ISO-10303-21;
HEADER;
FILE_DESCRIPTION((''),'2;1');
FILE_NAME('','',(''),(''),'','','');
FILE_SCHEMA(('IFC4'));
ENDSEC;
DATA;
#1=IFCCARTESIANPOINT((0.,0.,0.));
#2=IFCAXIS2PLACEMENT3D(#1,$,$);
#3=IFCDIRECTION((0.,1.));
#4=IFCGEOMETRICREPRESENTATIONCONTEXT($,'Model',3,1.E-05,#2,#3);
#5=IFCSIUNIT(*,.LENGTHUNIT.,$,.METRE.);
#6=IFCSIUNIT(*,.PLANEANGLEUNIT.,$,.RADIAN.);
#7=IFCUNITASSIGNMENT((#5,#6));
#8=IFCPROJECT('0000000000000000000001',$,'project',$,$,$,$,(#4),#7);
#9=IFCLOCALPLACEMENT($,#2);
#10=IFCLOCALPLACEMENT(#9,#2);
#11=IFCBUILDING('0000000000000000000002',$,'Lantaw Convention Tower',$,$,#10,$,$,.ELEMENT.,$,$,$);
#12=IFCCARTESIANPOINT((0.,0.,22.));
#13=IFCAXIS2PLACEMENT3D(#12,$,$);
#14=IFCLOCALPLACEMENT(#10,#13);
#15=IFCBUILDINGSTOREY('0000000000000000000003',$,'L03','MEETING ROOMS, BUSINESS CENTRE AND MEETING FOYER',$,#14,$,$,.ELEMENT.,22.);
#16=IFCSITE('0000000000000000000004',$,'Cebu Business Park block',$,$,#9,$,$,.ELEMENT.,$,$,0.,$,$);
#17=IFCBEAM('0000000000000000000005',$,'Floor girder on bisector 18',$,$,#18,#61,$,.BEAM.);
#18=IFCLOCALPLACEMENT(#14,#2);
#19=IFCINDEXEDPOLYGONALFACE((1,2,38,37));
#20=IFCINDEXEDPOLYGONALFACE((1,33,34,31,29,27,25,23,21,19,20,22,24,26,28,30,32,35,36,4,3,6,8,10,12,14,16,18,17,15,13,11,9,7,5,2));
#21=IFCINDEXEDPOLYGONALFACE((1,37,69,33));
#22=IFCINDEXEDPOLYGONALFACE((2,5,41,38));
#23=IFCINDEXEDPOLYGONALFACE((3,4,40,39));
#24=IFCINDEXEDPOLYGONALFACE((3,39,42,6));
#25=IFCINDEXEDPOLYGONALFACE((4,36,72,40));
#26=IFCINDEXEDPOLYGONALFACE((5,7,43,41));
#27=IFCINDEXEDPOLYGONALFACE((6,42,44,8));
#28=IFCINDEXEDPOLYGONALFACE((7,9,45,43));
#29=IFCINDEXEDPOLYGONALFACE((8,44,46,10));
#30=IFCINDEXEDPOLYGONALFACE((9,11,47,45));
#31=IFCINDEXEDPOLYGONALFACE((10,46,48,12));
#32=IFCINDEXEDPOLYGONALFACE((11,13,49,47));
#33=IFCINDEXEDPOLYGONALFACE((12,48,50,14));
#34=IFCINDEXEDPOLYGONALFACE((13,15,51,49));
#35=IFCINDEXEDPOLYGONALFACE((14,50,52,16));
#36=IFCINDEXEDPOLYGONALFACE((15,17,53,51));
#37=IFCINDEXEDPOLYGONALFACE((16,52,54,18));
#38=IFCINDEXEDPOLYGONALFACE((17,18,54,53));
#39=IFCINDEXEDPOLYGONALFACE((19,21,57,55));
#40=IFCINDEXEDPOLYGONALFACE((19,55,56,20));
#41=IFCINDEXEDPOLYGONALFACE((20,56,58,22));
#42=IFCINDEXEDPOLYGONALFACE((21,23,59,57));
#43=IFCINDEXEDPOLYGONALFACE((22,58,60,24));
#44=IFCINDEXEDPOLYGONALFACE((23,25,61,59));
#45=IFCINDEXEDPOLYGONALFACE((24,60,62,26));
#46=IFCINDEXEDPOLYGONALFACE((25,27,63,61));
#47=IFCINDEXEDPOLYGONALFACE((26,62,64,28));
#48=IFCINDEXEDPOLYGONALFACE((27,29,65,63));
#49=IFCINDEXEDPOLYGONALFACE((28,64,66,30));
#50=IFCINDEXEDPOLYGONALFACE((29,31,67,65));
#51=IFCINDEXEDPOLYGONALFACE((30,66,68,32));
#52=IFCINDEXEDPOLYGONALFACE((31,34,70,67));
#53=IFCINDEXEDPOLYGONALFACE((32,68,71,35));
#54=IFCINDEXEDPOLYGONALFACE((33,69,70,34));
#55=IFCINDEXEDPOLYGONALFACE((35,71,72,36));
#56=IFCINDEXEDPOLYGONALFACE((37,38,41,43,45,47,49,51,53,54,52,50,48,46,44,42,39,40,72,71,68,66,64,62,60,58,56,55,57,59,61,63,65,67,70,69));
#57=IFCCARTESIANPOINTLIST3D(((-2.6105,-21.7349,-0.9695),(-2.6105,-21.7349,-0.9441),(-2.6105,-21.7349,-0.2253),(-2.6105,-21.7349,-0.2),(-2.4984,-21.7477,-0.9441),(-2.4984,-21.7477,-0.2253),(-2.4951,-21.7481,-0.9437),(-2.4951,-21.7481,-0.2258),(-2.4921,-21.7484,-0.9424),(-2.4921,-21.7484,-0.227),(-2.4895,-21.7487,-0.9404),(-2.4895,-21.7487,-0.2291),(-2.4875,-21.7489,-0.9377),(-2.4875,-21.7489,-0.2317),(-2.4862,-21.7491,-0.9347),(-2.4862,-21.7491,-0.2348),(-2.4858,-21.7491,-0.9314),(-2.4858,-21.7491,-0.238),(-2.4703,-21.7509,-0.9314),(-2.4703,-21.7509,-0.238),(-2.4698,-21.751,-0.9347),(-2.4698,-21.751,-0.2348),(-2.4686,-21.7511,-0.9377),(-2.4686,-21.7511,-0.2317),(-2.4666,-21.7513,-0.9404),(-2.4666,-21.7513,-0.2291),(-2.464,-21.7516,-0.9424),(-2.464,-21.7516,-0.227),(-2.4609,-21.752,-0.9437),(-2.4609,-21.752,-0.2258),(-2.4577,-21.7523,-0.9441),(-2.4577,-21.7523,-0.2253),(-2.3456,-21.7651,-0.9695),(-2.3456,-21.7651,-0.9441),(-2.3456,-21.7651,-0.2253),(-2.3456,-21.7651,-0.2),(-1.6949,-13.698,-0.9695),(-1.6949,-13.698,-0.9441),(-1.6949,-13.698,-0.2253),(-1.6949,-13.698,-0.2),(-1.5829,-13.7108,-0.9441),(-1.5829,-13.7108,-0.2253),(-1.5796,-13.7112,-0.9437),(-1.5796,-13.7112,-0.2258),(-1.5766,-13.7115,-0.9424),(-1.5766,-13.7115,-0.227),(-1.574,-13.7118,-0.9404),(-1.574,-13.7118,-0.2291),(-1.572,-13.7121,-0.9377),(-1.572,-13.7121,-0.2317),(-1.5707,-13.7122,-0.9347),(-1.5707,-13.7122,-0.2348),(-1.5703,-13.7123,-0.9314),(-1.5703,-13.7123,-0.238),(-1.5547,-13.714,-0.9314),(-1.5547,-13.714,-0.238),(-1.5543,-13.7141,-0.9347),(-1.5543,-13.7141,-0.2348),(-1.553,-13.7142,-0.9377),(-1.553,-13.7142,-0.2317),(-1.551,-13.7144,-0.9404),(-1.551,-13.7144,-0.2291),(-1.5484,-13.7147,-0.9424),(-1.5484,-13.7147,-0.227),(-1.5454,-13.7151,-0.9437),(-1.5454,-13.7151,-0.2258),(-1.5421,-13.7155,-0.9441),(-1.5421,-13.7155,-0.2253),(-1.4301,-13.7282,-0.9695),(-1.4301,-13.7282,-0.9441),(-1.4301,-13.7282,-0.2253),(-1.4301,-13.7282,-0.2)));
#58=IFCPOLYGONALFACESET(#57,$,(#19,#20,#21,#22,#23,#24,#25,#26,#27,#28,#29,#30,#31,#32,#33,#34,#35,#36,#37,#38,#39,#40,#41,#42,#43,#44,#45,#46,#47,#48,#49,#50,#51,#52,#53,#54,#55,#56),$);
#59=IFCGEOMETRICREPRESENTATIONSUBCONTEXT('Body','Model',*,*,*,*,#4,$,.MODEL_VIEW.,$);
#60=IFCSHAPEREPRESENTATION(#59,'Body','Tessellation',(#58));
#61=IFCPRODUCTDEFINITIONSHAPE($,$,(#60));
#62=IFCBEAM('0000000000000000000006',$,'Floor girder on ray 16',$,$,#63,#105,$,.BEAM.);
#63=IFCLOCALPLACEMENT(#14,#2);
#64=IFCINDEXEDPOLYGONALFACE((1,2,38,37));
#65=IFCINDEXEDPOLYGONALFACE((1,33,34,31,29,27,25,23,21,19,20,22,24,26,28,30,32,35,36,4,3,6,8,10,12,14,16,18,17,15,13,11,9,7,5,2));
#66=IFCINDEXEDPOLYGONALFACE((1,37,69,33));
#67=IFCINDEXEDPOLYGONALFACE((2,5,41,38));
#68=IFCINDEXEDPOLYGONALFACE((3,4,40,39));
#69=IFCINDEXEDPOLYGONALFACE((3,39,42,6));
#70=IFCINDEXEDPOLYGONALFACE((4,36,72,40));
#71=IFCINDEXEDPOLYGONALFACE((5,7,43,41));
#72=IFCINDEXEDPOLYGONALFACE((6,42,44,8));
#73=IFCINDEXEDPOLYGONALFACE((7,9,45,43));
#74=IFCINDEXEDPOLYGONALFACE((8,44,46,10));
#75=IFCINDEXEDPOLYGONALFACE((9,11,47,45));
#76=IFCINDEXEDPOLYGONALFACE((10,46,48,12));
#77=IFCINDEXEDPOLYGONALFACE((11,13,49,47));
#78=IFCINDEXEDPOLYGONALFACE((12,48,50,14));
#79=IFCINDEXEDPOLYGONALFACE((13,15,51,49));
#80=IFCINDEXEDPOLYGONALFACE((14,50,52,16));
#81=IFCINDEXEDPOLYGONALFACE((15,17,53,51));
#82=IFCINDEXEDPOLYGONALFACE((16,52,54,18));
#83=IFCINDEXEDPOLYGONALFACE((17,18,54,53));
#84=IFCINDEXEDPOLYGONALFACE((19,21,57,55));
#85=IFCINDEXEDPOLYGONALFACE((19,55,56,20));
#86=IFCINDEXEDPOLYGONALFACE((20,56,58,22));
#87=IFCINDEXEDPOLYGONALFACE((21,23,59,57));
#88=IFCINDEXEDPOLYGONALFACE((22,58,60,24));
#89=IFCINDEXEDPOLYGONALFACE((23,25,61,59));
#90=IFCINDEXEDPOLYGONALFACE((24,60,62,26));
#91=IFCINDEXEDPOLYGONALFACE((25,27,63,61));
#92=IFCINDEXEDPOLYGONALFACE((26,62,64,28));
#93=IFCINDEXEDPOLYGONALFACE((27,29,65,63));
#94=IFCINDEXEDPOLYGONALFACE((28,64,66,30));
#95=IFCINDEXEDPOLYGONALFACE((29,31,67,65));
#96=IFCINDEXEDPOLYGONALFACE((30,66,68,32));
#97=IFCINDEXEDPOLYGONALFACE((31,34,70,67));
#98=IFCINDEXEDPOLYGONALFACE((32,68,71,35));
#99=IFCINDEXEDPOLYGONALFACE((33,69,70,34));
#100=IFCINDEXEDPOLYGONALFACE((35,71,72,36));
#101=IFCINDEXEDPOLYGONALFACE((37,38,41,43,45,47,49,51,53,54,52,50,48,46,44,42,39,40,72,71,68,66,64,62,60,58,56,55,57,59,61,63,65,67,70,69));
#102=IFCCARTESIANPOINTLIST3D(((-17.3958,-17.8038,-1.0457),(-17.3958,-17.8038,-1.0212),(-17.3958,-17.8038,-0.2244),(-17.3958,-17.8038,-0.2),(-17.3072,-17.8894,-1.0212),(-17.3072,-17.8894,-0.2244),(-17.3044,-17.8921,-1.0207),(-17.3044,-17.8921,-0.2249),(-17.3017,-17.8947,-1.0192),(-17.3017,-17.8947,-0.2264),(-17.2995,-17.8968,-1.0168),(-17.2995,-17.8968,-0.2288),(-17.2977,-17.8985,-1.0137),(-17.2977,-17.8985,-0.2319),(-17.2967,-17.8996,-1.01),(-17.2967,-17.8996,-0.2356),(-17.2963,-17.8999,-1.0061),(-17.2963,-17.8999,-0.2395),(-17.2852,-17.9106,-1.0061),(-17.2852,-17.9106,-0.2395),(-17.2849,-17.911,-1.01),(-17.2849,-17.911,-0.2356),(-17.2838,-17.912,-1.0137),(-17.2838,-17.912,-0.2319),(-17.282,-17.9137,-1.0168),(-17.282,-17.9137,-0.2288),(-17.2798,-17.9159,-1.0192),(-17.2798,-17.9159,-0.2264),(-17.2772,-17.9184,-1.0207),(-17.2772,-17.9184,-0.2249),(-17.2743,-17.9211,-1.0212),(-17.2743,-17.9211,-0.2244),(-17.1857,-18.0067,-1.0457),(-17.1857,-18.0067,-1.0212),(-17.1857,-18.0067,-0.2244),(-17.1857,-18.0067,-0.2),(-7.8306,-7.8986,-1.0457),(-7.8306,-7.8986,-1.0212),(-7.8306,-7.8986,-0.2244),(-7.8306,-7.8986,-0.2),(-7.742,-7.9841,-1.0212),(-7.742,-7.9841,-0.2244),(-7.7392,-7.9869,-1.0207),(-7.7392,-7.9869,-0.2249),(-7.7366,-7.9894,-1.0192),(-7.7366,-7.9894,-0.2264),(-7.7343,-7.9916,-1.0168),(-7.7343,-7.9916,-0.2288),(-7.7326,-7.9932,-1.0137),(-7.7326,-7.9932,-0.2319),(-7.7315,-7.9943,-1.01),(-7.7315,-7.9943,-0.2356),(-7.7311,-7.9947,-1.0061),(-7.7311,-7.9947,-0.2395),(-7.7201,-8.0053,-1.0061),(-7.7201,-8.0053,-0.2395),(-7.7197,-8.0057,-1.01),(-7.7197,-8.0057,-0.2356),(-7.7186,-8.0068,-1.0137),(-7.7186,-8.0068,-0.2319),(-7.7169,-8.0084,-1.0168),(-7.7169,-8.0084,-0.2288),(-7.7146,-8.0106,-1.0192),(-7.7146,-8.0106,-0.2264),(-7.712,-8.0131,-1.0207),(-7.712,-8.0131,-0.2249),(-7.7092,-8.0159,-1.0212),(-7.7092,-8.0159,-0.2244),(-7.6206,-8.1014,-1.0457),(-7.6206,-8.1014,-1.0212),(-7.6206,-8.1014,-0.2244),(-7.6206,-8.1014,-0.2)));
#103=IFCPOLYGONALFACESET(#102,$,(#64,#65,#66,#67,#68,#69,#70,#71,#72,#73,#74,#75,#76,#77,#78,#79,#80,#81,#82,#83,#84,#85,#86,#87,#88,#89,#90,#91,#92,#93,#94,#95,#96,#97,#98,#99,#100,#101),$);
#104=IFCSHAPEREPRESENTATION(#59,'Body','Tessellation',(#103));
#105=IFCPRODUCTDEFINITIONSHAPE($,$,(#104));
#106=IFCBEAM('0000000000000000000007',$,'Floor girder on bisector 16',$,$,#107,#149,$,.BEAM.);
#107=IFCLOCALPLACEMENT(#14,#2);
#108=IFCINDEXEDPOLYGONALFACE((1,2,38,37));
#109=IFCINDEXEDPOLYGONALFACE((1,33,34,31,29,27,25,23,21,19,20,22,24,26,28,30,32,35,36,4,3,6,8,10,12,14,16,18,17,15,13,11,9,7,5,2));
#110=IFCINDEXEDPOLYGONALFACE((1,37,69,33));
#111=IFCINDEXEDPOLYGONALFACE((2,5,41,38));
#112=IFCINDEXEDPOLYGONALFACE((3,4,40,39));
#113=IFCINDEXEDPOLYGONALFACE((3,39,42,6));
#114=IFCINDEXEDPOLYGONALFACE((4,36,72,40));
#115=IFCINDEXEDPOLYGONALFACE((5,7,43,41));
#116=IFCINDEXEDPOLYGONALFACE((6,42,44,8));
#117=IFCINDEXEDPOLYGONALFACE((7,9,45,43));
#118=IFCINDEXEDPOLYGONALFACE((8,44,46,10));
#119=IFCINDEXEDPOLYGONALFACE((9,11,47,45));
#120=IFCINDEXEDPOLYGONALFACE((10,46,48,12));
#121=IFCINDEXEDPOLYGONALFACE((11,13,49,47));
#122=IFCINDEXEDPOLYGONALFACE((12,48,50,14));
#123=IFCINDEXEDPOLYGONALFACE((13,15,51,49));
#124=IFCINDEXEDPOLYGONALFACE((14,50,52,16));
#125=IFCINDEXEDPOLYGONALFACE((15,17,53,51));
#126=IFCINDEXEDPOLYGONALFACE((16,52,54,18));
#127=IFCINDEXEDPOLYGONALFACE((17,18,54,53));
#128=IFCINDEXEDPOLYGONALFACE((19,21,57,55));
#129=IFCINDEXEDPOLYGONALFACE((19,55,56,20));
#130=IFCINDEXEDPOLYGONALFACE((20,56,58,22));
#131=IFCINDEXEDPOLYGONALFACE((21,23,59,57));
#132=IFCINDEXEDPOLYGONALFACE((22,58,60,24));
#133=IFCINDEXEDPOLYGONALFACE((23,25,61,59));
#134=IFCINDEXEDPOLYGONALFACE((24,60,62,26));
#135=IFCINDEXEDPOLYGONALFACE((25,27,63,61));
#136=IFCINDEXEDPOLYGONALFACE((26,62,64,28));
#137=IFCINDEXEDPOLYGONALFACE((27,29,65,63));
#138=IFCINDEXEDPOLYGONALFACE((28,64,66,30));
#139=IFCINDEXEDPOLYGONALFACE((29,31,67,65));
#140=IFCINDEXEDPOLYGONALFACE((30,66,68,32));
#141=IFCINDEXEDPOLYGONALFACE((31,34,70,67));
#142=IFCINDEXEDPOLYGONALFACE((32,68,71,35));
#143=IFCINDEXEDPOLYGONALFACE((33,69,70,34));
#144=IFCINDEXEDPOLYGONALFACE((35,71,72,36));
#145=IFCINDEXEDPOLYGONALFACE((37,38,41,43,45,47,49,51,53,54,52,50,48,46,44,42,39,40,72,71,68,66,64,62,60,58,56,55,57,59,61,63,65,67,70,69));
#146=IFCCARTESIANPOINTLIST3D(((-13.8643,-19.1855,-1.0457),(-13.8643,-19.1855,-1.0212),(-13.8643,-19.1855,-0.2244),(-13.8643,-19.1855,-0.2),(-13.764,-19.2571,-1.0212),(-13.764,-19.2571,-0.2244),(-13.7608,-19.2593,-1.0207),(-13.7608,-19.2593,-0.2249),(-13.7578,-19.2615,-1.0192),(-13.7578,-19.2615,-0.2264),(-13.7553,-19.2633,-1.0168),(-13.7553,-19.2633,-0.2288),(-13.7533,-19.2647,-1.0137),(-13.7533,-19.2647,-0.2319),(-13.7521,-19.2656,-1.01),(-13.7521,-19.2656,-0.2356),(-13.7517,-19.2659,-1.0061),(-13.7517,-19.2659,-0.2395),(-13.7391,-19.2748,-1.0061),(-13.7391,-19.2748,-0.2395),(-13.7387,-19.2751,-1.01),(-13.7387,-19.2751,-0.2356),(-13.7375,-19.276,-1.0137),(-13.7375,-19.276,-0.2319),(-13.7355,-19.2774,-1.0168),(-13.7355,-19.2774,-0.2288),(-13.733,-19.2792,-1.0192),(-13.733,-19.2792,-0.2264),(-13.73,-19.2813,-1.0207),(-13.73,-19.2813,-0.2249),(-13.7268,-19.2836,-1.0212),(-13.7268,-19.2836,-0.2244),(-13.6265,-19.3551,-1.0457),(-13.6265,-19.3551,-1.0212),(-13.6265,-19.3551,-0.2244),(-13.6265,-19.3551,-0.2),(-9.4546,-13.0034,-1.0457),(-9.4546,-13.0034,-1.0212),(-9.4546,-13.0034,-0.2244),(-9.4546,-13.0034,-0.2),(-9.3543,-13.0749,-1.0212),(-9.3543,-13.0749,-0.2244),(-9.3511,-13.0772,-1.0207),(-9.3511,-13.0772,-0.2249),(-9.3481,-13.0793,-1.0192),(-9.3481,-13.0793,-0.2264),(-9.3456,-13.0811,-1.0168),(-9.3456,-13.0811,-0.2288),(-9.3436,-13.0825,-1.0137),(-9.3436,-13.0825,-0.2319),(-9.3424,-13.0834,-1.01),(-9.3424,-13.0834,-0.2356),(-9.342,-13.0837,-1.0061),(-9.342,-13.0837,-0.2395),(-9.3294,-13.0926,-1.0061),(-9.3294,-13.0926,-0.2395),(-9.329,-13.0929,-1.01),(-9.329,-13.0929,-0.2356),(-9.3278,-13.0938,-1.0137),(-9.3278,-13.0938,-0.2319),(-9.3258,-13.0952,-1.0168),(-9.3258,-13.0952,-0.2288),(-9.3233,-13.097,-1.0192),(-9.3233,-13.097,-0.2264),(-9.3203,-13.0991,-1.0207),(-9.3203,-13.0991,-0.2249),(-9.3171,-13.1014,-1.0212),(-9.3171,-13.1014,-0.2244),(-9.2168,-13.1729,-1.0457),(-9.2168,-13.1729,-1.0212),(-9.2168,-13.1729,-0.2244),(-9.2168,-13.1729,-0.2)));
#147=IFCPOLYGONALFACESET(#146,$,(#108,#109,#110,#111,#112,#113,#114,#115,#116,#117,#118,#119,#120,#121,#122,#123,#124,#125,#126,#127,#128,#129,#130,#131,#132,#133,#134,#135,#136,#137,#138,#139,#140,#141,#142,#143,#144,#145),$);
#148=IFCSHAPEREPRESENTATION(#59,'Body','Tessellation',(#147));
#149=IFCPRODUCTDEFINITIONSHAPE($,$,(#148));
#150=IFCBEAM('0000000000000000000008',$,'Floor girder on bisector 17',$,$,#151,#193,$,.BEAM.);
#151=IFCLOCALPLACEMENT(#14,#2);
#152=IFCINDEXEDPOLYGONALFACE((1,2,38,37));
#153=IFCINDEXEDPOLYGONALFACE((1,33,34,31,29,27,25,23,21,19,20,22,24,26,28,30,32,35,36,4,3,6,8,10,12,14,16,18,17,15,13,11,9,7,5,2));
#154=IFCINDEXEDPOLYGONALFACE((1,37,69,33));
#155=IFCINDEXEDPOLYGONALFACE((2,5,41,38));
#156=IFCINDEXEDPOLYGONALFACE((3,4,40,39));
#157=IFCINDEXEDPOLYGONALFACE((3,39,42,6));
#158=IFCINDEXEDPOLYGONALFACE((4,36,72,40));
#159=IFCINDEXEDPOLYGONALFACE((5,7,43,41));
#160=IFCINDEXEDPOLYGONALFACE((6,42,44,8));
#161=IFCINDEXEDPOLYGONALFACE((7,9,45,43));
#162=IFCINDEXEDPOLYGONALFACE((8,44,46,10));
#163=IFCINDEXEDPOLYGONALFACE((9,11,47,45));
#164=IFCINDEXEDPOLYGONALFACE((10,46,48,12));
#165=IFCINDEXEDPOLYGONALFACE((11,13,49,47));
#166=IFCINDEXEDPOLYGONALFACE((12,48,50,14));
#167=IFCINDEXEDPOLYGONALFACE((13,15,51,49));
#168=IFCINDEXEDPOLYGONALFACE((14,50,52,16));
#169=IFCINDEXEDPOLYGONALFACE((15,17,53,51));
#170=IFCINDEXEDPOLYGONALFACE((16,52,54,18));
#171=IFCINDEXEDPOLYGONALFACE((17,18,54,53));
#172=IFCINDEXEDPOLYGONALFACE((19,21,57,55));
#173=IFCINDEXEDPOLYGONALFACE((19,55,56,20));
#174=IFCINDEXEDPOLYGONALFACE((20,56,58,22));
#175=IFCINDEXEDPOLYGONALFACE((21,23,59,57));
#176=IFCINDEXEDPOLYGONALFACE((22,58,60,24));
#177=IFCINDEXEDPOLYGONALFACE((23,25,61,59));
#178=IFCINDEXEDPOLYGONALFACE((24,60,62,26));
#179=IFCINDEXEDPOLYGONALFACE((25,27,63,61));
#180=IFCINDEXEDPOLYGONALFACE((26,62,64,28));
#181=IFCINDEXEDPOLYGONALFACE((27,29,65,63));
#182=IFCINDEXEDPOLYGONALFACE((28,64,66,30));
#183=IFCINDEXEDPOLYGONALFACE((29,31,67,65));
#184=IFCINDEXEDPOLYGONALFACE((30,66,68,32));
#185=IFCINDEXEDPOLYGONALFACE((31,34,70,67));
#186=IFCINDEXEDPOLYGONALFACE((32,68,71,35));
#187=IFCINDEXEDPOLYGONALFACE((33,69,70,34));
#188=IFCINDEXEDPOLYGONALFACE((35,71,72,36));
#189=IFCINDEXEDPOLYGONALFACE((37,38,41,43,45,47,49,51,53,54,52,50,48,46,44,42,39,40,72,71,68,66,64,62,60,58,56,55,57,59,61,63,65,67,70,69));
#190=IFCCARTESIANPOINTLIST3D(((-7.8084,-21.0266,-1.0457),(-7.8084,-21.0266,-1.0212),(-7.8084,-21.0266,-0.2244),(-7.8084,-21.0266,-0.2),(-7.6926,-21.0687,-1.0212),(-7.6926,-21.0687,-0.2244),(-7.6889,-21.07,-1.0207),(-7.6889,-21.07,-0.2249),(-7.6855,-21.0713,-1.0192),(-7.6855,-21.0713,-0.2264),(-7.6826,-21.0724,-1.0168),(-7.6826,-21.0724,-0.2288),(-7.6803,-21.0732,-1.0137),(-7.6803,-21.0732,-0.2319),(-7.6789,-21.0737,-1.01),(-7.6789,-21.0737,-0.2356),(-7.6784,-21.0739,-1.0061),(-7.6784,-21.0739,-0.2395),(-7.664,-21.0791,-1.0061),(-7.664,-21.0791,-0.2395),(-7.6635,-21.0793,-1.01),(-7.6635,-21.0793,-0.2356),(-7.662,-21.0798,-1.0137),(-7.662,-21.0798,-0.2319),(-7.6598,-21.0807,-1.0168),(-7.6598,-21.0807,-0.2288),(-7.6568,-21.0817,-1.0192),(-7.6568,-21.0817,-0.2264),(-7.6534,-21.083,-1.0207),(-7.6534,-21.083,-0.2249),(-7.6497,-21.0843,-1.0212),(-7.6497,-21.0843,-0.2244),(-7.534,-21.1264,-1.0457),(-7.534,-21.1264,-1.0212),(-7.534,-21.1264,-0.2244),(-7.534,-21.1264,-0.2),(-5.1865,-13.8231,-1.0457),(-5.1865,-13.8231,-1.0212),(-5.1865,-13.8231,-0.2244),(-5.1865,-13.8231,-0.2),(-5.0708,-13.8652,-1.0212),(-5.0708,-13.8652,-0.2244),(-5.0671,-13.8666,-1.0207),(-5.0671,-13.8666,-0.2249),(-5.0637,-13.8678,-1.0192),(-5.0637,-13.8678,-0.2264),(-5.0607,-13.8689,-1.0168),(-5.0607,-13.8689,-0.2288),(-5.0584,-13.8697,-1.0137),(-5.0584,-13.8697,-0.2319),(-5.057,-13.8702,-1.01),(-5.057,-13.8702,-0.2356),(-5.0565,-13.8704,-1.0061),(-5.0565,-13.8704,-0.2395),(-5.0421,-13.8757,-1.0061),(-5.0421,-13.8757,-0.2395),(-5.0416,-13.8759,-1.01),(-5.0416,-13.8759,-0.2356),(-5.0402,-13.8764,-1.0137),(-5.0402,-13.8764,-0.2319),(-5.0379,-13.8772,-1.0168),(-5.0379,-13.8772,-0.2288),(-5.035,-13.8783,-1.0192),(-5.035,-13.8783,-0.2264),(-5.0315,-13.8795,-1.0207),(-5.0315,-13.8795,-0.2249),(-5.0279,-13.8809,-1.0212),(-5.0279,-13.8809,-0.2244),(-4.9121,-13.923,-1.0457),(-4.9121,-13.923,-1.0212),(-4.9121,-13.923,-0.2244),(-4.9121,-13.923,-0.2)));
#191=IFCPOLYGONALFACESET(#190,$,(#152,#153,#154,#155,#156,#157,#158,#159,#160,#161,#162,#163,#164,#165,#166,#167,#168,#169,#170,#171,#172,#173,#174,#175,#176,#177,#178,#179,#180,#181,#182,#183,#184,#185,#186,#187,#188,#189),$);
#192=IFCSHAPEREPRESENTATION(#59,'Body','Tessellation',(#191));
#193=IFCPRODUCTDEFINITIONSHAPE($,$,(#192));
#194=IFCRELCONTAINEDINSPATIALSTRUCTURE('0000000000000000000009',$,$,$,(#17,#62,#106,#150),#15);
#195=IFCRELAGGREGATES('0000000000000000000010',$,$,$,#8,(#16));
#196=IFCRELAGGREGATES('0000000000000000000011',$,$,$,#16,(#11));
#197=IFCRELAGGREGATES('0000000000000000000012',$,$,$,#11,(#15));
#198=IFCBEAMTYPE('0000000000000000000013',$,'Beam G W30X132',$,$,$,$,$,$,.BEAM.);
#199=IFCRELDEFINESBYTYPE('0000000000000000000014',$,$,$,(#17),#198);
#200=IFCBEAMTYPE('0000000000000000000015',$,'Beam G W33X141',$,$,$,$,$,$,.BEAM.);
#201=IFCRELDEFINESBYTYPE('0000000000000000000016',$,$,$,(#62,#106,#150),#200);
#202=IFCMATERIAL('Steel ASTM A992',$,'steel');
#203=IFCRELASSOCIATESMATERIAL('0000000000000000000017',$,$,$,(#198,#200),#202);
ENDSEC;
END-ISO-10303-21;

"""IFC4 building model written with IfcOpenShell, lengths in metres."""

from ifc_helpers import new_model, si_unit, direction, frame, origin, origin_2d, place, context, subcontext, project, spatial, i_section, extrude, material, material_profile, profile_set, type_object, element, save


model = new_model("IFC4")

# Units and contexts
model_context = context("Model", 3, precision=1e-05, world=origin(), true_north=direction((0.0, 1.0)))
body_context = subcontext(model_context, "Body", "Model", "MODEL_VIEW")
ifc_project = project(units=[si_unit("LENGTHUNIT", "METRE"), si_unit("PLANEANGLEUNIT", "RADIAN")], contexts=[model_context])

# Site, building, storey
site_placement = place(None, origin())
site = spatial("IfcSite", under=ifc_project, at=site_placement, Name="Cebu Business Park block", CompositionType="ELEMENT", RefElevation=0.0)
building_placement = place(site_placement, origin())
building = spatial("IfcBuilding", under=site, at=building_placement, Name="Lantaw Convention Tower", CompositionType="ELEMENT")
storey_placement = place(building_placement, frame((0.0, 0.0, 22.0)))
storey = spatial("IfcBuildingStorey", under=building, at=storey_placement, Name="L03", Description="MEETING ROOMS, BUSINESS CENTRE AND MEETING FOYER", CompositionType="ELEMENT", Elevation=22.0)

# Beams
ifc_material_1 = material(Name="Steel ASTM A992", Category="steel")
ifc_material_profile_1 = material_profile(ifc_material_1, i_section(OverallWidth=0.2666, OverallDepth=0.7695, WebThickness=0.0156, FlangeThickness=0.0254, FilletRadius=0.0127, at=origin_2d()), Name="W30X132")
ifc_profile_set_1 = profile_set([ifc_material_profile_1], Name="Steel ASTM A992")
beam_type_1 = type_object("IfcBeamType", Name="Beam G W30X132", PredefinedType="BEAM", material=ifc_profile_set_1)
beam_1_placement = place(storey_placement, frame((-1.5625, -13.7131, -0.5847), z_axis=(-0.113184, -0.993574, 0.0), x_axis=(0.993574, -0.113184, 0.0)))
element("IfcBeam", 1, at=beam_1_placement, inside=storey, type_object=beam_type_1, Name="Floor girder on bisector 18", PredefinedType="BEAM", context=body_context, shape_type="SweptSolid", body=[
    extrude(i_section(OverallWidth=0.2666, OverallDepth=0.7695, WebThickness=0.0156, FlangeThickness=0.0254, FilletRadius=0.0127, at=origin_2d()), origin(), (0.0, 0.0, 1.0), 8.0889),
])
ifc_material_profile_2 = material_profile(ifc_material_1, i_section(OverallWidth=0.292, OverallDepth=0.8457, WebThickness=0.0154, FlangeThickness=0.0244, FilletRadius=0.0151, at=origin_2d()), Name="W33X141")
ifc_profile_set_2 = profile_set([ifc_material_profile_2], Name="Steel ASTM A992")
beam_type_2 = type_object("IfcBeamType", Name="Beam G W33X141", PredefinedType="BEAM", material=ifc_profile_set_2)
beam_2_placement = place(storey_placement, frame((-7.7256, -8.0, -0.6228), z_axis=(-0.69465, -0.719348, 0.0), x_axis=(0.719348, -0.69465, 0.0)))
element("IfcBeam", 2, at=beam_2_placement, inside=storey, type_object=beam_type_2, Name="Floor girder on ray 16", PredefinedType="BEAM", context=body_context, shape_type="SweptSolid", body=[
    extrude(i_section(OverallWidth=0.292, OverallDepth=0.8457, WebThickness=0.0154, FlangeThickness=0.0244, FilletRadius=0.0151, at=origin_2d()), origin(), (0.0, 0.0, 1.0), 13.7698),
])
beam_3_placement = place(storey_placement, frame((-9.3357, -13.0881, -0.6228), z_axis=(-0.580703, -0.814116, 0.0), x_axis=(0.814116, -0.580703, 0.0)))
element("IfcBeam", 3, at=beam_3_placement, inside=storey, type_object=beam_type_2, Name="Floor girder on bisector 16", PredefinedType="BEAM", context=body_context, shape_type="SweptSolid", body=[
    extrude(i_section(OverallWidth=0.292, OverallDepth=0.8457, WebThickness=0.0154, FlangeThickness=0.0244, FilletRadius=0.0151, at=origin_2d()), origin(), (0.0, 0.0, 1.0), 7.5938),
])
beam_4_placement = place(storey_placement, frame((-5.0493, -13.873, -0.6228), z_axis=(-0.342022, -0.939692, 0.0), x_axis=(0.939692, -0.342022, 0.0)))
element("IfcBeam", 4, at=beam_4_placement, inside=storey, type_object=beam_type_2, Name="Floor girder on bisector 17", PredefinedType="BEAM", context=body_context, shape_type="SweptSolid", body=[
    extrude(i_section(OverallWidth=0.292, OverallDepth=0.8457, WebThickness=0.0154, FlangeThickness=0.0244, FilletRadius=0.0151, at=origin_2d()), origin(), (0.0, 0.0, 1.0), 7.6658),
])

save(model, "model.ifc")
